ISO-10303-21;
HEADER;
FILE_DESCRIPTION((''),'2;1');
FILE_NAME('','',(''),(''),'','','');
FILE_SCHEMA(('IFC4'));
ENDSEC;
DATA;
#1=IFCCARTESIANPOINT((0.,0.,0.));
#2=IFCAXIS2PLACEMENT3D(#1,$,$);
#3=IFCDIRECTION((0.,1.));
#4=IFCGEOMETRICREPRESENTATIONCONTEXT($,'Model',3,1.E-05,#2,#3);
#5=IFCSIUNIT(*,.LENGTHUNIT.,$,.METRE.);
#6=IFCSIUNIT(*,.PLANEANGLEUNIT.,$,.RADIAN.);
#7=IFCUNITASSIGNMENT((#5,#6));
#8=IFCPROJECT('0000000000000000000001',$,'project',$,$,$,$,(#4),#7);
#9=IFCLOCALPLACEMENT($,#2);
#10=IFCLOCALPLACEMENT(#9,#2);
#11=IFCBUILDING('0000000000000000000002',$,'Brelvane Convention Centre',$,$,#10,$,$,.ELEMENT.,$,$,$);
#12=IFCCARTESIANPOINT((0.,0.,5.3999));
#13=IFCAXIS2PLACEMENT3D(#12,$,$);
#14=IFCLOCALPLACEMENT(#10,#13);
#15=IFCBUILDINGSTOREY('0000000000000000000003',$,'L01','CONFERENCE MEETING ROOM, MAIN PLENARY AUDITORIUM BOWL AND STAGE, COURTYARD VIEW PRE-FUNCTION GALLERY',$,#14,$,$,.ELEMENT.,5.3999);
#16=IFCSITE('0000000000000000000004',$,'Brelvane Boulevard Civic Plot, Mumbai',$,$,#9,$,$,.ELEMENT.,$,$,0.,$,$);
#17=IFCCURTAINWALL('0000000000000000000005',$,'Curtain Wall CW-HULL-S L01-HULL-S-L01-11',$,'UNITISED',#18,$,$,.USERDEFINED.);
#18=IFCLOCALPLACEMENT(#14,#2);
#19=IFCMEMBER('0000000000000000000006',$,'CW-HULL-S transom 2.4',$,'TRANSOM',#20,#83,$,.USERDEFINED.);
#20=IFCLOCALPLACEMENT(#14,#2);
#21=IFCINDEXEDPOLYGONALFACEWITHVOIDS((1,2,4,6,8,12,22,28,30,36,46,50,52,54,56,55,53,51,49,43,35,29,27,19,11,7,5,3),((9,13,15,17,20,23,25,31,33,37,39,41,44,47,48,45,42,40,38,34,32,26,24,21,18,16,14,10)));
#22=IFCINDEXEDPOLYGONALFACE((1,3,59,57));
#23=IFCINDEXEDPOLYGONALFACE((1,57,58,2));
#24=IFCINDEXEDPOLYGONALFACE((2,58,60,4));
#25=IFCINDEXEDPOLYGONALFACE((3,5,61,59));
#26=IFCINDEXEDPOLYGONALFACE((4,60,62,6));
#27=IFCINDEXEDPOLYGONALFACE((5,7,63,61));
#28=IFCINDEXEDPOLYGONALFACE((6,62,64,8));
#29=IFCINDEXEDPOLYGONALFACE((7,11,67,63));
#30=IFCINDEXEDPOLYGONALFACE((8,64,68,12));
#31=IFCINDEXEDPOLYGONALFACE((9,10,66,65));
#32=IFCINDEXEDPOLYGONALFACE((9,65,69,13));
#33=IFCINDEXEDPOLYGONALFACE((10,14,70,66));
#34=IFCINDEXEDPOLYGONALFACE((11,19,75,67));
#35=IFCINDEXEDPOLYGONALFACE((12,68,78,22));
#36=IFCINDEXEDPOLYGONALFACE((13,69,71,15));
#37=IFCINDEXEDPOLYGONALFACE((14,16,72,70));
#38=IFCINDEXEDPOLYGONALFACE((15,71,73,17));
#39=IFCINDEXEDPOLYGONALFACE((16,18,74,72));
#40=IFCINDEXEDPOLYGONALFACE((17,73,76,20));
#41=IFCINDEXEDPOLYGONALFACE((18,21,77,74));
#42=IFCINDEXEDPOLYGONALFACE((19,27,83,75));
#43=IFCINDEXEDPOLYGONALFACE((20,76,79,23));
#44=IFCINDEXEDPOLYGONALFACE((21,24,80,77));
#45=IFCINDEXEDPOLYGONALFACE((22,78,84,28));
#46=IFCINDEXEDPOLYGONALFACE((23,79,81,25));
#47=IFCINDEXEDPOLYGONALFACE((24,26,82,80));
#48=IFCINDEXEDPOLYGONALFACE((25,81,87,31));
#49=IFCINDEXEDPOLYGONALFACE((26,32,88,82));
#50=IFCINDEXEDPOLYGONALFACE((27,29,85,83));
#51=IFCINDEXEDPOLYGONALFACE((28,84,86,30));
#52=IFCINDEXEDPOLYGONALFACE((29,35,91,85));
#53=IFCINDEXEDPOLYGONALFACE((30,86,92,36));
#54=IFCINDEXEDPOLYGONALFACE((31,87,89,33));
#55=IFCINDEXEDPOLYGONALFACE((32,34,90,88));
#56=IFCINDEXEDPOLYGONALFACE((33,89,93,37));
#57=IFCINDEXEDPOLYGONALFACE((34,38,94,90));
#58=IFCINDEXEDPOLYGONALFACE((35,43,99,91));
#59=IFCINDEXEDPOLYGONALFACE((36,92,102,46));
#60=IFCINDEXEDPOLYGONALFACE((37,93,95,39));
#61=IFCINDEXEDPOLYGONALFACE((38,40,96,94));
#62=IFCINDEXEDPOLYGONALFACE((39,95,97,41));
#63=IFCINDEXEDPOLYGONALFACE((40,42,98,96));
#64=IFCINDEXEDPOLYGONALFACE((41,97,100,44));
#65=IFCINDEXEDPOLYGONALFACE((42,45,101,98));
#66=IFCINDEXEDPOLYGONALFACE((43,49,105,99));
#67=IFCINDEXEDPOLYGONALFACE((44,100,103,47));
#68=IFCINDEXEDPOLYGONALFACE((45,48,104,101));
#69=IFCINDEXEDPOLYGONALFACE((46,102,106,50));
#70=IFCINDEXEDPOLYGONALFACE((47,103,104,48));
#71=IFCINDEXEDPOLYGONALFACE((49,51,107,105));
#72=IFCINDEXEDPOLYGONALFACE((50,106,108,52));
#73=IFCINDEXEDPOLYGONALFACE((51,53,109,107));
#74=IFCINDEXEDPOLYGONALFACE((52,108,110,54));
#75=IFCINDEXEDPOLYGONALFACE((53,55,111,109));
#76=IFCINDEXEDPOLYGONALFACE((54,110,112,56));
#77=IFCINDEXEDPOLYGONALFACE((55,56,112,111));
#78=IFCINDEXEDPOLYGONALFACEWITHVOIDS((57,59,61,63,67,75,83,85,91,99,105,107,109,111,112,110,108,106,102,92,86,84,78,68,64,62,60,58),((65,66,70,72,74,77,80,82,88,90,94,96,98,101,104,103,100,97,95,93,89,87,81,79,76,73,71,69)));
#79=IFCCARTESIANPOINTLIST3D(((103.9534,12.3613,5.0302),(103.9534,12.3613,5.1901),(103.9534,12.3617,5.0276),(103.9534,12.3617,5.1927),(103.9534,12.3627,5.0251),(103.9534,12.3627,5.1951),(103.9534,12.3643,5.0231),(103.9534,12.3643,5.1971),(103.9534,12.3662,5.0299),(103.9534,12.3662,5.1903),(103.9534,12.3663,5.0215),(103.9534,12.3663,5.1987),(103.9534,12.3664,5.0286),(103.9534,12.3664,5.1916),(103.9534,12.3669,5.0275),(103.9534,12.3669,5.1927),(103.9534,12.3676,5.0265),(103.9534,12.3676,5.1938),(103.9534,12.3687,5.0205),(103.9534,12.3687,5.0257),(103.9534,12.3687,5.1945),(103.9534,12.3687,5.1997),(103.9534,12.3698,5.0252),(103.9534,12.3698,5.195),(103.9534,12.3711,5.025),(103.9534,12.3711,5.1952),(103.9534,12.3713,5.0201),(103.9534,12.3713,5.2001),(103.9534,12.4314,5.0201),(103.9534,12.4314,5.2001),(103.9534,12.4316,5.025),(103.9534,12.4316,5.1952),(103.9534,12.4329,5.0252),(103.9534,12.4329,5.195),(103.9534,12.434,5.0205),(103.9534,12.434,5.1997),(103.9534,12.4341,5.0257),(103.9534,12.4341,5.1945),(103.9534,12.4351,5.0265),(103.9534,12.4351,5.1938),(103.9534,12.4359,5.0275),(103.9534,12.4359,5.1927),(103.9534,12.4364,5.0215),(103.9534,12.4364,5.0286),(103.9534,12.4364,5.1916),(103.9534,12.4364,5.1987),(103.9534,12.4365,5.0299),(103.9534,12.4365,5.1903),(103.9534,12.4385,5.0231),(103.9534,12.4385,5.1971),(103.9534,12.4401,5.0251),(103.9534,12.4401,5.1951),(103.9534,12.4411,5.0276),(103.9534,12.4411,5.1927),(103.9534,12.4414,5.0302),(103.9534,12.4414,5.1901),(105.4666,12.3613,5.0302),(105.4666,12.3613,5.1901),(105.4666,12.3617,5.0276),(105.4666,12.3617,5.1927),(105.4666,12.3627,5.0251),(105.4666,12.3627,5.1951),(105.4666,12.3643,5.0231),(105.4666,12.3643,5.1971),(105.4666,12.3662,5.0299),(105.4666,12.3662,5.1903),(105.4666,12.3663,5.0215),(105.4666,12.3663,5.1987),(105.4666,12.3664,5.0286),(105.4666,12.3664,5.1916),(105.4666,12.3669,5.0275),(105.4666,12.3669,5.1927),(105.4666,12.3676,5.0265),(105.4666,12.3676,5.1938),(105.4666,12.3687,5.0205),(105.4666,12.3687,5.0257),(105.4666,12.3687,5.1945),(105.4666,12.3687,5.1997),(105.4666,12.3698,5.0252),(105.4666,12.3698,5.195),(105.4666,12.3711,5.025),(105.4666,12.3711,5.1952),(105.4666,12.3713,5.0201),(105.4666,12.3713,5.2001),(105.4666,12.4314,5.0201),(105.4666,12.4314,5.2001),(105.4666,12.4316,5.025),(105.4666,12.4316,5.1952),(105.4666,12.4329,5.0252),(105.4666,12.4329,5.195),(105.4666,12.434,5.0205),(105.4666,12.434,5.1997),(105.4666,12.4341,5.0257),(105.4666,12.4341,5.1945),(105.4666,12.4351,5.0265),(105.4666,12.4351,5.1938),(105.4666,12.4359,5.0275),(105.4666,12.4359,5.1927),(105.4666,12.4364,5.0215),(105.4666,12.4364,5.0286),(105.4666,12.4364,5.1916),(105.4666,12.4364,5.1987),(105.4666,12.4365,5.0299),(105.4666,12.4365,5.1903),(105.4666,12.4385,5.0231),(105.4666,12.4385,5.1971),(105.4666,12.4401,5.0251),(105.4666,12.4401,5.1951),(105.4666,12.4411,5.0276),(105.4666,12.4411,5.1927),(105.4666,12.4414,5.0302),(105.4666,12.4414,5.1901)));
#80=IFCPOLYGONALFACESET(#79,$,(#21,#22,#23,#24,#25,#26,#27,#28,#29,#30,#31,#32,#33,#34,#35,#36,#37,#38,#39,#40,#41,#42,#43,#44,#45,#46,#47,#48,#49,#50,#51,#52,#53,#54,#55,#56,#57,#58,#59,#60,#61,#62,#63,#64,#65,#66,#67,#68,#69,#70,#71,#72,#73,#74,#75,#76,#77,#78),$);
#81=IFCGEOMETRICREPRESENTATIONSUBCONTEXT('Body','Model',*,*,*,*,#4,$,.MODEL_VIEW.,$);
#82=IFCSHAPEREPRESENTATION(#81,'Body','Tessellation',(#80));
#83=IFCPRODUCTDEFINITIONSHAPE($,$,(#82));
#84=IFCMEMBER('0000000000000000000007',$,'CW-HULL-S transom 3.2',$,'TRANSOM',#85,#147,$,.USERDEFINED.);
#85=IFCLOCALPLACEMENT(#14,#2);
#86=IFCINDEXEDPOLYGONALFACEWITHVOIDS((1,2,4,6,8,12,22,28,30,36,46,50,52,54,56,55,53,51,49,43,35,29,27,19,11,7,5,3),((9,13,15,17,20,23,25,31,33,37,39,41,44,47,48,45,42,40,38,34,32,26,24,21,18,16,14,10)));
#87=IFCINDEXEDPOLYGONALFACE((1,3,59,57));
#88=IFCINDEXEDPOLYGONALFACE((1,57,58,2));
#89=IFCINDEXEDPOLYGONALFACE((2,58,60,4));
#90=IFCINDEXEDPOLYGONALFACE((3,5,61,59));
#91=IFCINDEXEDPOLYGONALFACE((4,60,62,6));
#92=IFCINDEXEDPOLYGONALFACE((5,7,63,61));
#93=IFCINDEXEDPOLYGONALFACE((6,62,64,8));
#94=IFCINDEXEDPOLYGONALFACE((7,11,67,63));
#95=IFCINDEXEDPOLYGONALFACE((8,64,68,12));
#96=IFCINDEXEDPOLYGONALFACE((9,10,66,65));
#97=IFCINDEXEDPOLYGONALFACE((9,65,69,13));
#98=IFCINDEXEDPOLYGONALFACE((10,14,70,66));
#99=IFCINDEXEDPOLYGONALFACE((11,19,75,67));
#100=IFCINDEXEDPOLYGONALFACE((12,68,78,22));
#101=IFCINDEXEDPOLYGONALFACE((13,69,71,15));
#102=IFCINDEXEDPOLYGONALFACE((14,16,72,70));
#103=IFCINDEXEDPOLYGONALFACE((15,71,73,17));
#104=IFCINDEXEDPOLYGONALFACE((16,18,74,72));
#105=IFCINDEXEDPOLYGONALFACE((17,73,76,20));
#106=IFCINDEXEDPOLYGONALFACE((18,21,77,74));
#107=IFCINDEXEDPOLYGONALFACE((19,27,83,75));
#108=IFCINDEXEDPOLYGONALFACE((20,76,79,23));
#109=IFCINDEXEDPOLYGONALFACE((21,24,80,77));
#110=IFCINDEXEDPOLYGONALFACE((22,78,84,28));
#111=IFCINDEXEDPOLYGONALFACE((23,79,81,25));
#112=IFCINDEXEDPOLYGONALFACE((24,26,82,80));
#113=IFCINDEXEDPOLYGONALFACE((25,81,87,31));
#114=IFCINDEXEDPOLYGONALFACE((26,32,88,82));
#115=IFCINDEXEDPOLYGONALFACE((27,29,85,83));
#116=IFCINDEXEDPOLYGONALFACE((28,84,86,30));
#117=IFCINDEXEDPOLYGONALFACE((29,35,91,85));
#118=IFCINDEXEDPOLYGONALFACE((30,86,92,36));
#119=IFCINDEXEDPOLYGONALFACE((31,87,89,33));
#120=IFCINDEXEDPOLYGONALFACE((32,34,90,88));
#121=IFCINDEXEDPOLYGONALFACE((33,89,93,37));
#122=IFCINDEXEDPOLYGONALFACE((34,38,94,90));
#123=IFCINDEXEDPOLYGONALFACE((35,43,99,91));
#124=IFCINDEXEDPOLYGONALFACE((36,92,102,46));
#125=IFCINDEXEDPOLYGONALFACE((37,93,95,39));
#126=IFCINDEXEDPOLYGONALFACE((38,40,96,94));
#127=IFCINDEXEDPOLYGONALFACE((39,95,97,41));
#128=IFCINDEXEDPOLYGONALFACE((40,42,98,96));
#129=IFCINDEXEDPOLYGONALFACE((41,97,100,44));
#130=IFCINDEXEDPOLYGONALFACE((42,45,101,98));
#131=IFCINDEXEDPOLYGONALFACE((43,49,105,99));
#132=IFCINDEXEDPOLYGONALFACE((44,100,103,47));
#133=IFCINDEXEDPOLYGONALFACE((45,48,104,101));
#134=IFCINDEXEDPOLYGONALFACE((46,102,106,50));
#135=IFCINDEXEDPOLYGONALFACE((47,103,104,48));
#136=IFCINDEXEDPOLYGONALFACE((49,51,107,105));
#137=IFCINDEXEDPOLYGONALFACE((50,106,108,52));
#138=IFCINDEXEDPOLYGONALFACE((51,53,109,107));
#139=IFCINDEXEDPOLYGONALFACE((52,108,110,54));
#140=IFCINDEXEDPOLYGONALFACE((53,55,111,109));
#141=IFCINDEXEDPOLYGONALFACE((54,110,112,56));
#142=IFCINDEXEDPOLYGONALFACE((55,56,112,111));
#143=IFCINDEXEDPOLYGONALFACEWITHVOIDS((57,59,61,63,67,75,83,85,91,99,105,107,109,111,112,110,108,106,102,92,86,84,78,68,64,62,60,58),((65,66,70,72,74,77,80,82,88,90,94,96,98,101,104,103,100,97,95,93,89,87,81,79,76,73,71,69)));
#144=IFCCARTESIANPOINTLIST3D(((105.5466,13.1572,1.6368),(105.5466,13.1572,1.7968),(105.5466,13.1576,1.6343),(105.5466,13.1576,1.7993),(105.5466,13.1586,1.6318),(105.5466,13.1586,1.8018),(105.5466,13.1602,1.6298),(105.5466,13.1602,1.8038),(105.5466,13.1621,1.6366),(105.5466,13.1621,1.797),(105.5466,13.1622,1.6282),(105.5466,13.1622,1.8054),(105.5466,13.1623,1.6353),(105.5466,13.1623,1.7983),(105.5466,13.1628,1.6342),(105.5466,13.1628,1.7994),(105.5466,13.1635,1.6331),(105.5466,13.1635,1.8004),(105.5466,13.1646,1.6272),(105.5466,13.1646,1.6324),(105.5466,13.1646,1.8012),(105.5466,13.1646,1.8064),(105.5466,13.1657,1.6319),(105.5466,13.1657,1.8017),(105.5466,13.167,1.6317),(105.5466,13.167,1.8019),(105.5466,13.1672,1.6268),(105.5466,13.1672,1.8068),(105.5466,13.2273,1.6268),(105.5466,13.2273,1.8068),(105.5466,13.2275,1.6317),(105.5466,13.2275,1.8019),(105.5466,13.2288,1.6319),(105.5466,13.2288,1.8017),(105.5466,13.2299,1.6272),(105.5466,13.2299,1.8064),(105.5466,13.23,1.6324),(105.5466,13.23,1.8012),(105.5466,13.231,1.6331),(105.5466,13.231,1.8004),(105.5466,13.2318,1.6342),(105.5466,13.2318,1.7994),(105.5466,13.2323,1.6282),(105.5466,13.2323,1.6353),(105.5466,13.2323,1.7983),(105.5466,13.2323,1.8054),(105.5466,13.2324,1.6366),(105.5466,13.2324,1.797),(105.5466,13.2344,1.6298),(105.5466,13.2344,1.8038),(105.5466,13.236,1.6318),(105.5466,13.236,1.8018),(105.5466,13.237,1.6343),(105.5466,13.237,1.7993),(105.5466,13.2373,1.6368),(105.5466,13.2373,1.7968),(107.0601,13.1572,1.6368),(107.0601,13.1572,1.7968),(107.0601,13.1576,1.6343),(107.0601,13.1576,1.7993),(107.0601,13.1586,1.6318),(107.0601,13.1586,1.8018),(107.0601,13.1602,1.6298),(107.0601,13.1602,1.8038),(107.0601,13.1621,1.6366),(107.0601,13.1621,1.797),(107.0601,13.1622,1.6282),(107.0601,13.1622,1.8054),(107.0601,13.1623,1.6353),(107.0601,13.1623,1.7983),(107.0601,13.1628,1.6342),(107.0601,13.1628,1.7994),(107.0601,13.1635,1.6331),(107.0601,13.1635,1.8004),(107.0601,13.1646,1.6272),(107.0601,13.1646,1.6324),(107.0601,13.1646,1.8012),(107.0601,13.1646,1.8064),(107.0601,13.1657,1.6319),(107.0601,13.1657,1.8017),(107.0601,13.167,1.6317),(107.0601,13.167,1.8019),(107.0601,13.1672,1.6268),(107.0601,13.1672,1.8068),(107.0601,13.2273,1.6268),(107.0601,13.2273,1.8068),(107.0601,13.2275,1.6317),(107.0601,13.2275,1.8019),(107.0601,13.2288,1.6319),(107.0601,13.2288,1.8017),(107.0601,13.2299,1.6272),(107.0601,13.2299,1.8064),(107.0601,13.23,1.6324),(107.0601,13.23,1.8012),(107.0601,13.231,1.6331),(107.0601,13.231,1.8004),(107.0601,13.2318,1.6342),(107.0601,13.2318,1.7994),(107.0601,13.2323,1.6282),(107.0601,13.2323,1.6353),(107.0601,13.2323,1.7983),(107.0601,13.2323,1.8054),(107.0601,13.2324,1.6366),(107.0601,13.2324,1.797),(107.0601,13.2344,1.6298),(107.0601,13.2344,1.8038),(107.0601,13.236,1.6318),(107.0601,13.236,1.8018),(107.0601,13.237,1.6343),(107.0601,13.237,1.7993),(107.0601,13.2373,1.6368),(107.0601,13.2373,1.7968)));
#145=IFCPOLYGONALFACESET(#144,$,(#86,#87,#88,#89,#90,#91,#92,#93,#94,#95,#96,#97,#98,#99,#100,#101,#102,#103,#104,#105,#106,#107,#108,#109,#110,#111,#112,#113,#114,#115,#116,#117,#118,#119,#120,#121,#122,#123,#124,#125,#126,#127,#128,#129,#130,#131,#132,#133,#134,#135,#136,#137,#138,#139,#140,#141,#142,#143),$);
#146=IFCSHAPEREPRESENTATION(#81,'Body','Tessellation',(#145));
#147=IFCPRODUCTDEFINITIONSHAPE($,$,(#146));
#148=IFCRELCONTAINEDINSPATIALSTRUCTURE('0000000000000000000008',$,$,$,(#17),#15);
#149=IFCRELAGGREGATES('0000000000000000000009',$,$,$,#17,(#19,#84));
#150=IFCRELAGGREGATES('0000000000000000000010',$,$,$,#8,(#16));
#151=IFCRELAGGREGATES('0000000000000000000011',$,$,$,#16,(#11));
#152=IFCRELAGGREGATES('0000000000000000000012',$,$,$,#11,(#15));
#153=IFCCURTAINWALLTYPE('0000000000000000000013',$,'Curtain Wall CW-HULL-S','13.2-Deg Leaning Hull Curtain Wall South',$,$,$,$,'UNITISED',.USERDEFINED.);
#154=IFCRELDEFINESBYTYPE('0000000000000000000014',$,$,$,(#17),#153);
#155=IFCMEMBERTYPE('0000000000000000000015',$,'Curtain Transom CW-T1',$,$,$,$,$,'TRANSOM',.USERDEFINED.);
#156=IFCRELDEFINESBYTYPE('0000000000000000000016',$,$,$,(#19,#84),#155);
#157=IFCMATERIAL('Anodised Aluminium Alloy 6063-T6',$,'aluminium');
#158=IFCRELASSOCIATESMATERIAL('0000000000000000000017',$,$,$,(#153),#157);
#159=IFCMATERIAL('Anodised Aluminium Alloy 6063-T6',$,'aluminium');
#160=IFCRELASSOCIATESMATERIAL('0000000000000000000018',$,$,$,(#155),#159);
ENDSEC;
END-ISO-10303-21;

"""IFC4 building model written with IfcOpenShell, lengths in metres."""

from ifc_helpers import new_model, si_unit, direction, frame, origin, origin_2d, place, context, subcontext, project, spatial, hollow_rectangle, extrude, material, material_profile, profile_set, type_object, element, aggregate, save


model = new_model("IFC4")

# Units and contexts
model_context = context("Model", 3, precision=1e-05, world=origin(), true_north=direction((0.0, 1.0)))
body_context = subcontext(model_context, "Body", "Model", "MODEL_VIEW")
ifc_project = project(units=[si_unit("LENGTHUNIT", "METRE"), si_unit("PLANEANGLEUNIT", "RADIAN")], contexts=[model_context])

# Site, building, storey
site_placement = place(None, origin())
site = spatial("IfcSite", under=ifc_project, at=site_placement, Name="Brelvane Boulevard Civic Plot, Mumbai", CompositionType="ELEMENT", RefElevation=0.0)
building_placement = place(site_placement, origin())
building = spatial("IfcBuilding", under=site, at=building_placement, Name="Brelvane Convention Centre", CompositionType="ELEMENT")
storey_placement = place(building_placement, frame((0.0, 0.0, 5.3999)))
storey = spatial("IfcBuildingStorey", under=building, at=storey_placement, Name="L01", Description="CONFERENCE MEETING ROOM, MAIN PLENARY AUDITORIUM BOWL AND STAGE, COURTYARD VIEW PRE-FUNCTION GALLERY", CompositionType="ELEMENT", Elevation=5.3999)

# Curtain wall, members
ifc_material_1 = material(Name="Anodised Aluminium Alloy 6063-T6", Category="aluminium")
curtain_wall_type = type_object("IfcCurtainWallType", Name="Curtain Wall CW-HULL-S", Description="13.2-Deg Leaning Hull Curtain Wall South", ElementType="UNITISED", PredefinedType="USERDEFINED", material=ifc_material_1)
ifc_material_2 = material(Name="Anodised Aluminium Alloy 6063-T6", Category="aluminium")
ifc_material_profile = material_profile(ifc_material_2, hollow_rectangle(XDim=0.0801, YDim=0.1799, WallThickness=0.0049, InnerFilletRadius=0.0049, OuterFilletRadius=0.01, at=origin_2d()), Name="ALU-T 180x80x5.0")
ifc_profile_set = profile_set([ifc_material_profile], Name="Anodised Aluminium Alloy 6063-T6")
member_type = type_object("IfcMemberType", Name="Curtain Transom CW-T1", ElementType="TRANSOM", PredefinedType="USERDEFINED", material=ifc_profile_set)
curtain_wall_1_placement = place(storey_placement, origin())
curtain_wall_1 = element("IfcCurtainWall", 1, at=curtain_wall_1_placement, inside=storey, type_object=curtain_wall_type, Name="Curtain Wall CW-HULL-S L01-HULL-S-L01-11", ObjectType="UNITISED", PredefinedType="USERDEFINED")
member_1_placement = place(storey_placement, frame((103.9534, 12.4014, 5.1101), z_axis=(1.0, 0.0, 0.0), x_axis=(0.0, 1.0, 0.0)))
member_1 = element("IfcMember", 2, at=member_1_placement, type_object=member_type, Name="CW-HULL-S transom 2.4", ObjectType="TRANSOM", PredefinedType="USERDEFINED", context=body_context, shape_type="SweptSolid", body=[
    extrude(hollow_rectangle(XDim=0.0801, YDim=0.1799, WallThickness=0.0049, InnerFilletRadius=0.0049, OuterFilletRadius=0.01, at=origin_2d()), origin(), (0.0, 0.0, 1.0), 1.5132),
])
member_2_placement = place(storey_placement, frame((105.5466, 13.1973, 1.7168), z_axis=(1.0, 0.0, 0.0), x_axis=(0.0, 1.0, 0.0)))
member_2 = element("IfcMember", 3, at=member_2_placement, type_object=member_type, Name="CW-HULL-S transom 3.2", ObjectType="TRANSOM", PredefinedType="USERDEFINED", context=body_context, shape_type="SweptSolid", body=[
    extrude(hollow_rectangle(XDim=0.0801, YDim=0.1799, WallThickness=0.0049, InnerFilletRadius=0.0049, OuterFilletRadius=0.01, at=origin_2d()), origin(), (0.0, 0.0, 1.0), 1.5134),
])

aggregate(curtain_wall_1, [member_1, member_2])

save(model, "model.ifc")
